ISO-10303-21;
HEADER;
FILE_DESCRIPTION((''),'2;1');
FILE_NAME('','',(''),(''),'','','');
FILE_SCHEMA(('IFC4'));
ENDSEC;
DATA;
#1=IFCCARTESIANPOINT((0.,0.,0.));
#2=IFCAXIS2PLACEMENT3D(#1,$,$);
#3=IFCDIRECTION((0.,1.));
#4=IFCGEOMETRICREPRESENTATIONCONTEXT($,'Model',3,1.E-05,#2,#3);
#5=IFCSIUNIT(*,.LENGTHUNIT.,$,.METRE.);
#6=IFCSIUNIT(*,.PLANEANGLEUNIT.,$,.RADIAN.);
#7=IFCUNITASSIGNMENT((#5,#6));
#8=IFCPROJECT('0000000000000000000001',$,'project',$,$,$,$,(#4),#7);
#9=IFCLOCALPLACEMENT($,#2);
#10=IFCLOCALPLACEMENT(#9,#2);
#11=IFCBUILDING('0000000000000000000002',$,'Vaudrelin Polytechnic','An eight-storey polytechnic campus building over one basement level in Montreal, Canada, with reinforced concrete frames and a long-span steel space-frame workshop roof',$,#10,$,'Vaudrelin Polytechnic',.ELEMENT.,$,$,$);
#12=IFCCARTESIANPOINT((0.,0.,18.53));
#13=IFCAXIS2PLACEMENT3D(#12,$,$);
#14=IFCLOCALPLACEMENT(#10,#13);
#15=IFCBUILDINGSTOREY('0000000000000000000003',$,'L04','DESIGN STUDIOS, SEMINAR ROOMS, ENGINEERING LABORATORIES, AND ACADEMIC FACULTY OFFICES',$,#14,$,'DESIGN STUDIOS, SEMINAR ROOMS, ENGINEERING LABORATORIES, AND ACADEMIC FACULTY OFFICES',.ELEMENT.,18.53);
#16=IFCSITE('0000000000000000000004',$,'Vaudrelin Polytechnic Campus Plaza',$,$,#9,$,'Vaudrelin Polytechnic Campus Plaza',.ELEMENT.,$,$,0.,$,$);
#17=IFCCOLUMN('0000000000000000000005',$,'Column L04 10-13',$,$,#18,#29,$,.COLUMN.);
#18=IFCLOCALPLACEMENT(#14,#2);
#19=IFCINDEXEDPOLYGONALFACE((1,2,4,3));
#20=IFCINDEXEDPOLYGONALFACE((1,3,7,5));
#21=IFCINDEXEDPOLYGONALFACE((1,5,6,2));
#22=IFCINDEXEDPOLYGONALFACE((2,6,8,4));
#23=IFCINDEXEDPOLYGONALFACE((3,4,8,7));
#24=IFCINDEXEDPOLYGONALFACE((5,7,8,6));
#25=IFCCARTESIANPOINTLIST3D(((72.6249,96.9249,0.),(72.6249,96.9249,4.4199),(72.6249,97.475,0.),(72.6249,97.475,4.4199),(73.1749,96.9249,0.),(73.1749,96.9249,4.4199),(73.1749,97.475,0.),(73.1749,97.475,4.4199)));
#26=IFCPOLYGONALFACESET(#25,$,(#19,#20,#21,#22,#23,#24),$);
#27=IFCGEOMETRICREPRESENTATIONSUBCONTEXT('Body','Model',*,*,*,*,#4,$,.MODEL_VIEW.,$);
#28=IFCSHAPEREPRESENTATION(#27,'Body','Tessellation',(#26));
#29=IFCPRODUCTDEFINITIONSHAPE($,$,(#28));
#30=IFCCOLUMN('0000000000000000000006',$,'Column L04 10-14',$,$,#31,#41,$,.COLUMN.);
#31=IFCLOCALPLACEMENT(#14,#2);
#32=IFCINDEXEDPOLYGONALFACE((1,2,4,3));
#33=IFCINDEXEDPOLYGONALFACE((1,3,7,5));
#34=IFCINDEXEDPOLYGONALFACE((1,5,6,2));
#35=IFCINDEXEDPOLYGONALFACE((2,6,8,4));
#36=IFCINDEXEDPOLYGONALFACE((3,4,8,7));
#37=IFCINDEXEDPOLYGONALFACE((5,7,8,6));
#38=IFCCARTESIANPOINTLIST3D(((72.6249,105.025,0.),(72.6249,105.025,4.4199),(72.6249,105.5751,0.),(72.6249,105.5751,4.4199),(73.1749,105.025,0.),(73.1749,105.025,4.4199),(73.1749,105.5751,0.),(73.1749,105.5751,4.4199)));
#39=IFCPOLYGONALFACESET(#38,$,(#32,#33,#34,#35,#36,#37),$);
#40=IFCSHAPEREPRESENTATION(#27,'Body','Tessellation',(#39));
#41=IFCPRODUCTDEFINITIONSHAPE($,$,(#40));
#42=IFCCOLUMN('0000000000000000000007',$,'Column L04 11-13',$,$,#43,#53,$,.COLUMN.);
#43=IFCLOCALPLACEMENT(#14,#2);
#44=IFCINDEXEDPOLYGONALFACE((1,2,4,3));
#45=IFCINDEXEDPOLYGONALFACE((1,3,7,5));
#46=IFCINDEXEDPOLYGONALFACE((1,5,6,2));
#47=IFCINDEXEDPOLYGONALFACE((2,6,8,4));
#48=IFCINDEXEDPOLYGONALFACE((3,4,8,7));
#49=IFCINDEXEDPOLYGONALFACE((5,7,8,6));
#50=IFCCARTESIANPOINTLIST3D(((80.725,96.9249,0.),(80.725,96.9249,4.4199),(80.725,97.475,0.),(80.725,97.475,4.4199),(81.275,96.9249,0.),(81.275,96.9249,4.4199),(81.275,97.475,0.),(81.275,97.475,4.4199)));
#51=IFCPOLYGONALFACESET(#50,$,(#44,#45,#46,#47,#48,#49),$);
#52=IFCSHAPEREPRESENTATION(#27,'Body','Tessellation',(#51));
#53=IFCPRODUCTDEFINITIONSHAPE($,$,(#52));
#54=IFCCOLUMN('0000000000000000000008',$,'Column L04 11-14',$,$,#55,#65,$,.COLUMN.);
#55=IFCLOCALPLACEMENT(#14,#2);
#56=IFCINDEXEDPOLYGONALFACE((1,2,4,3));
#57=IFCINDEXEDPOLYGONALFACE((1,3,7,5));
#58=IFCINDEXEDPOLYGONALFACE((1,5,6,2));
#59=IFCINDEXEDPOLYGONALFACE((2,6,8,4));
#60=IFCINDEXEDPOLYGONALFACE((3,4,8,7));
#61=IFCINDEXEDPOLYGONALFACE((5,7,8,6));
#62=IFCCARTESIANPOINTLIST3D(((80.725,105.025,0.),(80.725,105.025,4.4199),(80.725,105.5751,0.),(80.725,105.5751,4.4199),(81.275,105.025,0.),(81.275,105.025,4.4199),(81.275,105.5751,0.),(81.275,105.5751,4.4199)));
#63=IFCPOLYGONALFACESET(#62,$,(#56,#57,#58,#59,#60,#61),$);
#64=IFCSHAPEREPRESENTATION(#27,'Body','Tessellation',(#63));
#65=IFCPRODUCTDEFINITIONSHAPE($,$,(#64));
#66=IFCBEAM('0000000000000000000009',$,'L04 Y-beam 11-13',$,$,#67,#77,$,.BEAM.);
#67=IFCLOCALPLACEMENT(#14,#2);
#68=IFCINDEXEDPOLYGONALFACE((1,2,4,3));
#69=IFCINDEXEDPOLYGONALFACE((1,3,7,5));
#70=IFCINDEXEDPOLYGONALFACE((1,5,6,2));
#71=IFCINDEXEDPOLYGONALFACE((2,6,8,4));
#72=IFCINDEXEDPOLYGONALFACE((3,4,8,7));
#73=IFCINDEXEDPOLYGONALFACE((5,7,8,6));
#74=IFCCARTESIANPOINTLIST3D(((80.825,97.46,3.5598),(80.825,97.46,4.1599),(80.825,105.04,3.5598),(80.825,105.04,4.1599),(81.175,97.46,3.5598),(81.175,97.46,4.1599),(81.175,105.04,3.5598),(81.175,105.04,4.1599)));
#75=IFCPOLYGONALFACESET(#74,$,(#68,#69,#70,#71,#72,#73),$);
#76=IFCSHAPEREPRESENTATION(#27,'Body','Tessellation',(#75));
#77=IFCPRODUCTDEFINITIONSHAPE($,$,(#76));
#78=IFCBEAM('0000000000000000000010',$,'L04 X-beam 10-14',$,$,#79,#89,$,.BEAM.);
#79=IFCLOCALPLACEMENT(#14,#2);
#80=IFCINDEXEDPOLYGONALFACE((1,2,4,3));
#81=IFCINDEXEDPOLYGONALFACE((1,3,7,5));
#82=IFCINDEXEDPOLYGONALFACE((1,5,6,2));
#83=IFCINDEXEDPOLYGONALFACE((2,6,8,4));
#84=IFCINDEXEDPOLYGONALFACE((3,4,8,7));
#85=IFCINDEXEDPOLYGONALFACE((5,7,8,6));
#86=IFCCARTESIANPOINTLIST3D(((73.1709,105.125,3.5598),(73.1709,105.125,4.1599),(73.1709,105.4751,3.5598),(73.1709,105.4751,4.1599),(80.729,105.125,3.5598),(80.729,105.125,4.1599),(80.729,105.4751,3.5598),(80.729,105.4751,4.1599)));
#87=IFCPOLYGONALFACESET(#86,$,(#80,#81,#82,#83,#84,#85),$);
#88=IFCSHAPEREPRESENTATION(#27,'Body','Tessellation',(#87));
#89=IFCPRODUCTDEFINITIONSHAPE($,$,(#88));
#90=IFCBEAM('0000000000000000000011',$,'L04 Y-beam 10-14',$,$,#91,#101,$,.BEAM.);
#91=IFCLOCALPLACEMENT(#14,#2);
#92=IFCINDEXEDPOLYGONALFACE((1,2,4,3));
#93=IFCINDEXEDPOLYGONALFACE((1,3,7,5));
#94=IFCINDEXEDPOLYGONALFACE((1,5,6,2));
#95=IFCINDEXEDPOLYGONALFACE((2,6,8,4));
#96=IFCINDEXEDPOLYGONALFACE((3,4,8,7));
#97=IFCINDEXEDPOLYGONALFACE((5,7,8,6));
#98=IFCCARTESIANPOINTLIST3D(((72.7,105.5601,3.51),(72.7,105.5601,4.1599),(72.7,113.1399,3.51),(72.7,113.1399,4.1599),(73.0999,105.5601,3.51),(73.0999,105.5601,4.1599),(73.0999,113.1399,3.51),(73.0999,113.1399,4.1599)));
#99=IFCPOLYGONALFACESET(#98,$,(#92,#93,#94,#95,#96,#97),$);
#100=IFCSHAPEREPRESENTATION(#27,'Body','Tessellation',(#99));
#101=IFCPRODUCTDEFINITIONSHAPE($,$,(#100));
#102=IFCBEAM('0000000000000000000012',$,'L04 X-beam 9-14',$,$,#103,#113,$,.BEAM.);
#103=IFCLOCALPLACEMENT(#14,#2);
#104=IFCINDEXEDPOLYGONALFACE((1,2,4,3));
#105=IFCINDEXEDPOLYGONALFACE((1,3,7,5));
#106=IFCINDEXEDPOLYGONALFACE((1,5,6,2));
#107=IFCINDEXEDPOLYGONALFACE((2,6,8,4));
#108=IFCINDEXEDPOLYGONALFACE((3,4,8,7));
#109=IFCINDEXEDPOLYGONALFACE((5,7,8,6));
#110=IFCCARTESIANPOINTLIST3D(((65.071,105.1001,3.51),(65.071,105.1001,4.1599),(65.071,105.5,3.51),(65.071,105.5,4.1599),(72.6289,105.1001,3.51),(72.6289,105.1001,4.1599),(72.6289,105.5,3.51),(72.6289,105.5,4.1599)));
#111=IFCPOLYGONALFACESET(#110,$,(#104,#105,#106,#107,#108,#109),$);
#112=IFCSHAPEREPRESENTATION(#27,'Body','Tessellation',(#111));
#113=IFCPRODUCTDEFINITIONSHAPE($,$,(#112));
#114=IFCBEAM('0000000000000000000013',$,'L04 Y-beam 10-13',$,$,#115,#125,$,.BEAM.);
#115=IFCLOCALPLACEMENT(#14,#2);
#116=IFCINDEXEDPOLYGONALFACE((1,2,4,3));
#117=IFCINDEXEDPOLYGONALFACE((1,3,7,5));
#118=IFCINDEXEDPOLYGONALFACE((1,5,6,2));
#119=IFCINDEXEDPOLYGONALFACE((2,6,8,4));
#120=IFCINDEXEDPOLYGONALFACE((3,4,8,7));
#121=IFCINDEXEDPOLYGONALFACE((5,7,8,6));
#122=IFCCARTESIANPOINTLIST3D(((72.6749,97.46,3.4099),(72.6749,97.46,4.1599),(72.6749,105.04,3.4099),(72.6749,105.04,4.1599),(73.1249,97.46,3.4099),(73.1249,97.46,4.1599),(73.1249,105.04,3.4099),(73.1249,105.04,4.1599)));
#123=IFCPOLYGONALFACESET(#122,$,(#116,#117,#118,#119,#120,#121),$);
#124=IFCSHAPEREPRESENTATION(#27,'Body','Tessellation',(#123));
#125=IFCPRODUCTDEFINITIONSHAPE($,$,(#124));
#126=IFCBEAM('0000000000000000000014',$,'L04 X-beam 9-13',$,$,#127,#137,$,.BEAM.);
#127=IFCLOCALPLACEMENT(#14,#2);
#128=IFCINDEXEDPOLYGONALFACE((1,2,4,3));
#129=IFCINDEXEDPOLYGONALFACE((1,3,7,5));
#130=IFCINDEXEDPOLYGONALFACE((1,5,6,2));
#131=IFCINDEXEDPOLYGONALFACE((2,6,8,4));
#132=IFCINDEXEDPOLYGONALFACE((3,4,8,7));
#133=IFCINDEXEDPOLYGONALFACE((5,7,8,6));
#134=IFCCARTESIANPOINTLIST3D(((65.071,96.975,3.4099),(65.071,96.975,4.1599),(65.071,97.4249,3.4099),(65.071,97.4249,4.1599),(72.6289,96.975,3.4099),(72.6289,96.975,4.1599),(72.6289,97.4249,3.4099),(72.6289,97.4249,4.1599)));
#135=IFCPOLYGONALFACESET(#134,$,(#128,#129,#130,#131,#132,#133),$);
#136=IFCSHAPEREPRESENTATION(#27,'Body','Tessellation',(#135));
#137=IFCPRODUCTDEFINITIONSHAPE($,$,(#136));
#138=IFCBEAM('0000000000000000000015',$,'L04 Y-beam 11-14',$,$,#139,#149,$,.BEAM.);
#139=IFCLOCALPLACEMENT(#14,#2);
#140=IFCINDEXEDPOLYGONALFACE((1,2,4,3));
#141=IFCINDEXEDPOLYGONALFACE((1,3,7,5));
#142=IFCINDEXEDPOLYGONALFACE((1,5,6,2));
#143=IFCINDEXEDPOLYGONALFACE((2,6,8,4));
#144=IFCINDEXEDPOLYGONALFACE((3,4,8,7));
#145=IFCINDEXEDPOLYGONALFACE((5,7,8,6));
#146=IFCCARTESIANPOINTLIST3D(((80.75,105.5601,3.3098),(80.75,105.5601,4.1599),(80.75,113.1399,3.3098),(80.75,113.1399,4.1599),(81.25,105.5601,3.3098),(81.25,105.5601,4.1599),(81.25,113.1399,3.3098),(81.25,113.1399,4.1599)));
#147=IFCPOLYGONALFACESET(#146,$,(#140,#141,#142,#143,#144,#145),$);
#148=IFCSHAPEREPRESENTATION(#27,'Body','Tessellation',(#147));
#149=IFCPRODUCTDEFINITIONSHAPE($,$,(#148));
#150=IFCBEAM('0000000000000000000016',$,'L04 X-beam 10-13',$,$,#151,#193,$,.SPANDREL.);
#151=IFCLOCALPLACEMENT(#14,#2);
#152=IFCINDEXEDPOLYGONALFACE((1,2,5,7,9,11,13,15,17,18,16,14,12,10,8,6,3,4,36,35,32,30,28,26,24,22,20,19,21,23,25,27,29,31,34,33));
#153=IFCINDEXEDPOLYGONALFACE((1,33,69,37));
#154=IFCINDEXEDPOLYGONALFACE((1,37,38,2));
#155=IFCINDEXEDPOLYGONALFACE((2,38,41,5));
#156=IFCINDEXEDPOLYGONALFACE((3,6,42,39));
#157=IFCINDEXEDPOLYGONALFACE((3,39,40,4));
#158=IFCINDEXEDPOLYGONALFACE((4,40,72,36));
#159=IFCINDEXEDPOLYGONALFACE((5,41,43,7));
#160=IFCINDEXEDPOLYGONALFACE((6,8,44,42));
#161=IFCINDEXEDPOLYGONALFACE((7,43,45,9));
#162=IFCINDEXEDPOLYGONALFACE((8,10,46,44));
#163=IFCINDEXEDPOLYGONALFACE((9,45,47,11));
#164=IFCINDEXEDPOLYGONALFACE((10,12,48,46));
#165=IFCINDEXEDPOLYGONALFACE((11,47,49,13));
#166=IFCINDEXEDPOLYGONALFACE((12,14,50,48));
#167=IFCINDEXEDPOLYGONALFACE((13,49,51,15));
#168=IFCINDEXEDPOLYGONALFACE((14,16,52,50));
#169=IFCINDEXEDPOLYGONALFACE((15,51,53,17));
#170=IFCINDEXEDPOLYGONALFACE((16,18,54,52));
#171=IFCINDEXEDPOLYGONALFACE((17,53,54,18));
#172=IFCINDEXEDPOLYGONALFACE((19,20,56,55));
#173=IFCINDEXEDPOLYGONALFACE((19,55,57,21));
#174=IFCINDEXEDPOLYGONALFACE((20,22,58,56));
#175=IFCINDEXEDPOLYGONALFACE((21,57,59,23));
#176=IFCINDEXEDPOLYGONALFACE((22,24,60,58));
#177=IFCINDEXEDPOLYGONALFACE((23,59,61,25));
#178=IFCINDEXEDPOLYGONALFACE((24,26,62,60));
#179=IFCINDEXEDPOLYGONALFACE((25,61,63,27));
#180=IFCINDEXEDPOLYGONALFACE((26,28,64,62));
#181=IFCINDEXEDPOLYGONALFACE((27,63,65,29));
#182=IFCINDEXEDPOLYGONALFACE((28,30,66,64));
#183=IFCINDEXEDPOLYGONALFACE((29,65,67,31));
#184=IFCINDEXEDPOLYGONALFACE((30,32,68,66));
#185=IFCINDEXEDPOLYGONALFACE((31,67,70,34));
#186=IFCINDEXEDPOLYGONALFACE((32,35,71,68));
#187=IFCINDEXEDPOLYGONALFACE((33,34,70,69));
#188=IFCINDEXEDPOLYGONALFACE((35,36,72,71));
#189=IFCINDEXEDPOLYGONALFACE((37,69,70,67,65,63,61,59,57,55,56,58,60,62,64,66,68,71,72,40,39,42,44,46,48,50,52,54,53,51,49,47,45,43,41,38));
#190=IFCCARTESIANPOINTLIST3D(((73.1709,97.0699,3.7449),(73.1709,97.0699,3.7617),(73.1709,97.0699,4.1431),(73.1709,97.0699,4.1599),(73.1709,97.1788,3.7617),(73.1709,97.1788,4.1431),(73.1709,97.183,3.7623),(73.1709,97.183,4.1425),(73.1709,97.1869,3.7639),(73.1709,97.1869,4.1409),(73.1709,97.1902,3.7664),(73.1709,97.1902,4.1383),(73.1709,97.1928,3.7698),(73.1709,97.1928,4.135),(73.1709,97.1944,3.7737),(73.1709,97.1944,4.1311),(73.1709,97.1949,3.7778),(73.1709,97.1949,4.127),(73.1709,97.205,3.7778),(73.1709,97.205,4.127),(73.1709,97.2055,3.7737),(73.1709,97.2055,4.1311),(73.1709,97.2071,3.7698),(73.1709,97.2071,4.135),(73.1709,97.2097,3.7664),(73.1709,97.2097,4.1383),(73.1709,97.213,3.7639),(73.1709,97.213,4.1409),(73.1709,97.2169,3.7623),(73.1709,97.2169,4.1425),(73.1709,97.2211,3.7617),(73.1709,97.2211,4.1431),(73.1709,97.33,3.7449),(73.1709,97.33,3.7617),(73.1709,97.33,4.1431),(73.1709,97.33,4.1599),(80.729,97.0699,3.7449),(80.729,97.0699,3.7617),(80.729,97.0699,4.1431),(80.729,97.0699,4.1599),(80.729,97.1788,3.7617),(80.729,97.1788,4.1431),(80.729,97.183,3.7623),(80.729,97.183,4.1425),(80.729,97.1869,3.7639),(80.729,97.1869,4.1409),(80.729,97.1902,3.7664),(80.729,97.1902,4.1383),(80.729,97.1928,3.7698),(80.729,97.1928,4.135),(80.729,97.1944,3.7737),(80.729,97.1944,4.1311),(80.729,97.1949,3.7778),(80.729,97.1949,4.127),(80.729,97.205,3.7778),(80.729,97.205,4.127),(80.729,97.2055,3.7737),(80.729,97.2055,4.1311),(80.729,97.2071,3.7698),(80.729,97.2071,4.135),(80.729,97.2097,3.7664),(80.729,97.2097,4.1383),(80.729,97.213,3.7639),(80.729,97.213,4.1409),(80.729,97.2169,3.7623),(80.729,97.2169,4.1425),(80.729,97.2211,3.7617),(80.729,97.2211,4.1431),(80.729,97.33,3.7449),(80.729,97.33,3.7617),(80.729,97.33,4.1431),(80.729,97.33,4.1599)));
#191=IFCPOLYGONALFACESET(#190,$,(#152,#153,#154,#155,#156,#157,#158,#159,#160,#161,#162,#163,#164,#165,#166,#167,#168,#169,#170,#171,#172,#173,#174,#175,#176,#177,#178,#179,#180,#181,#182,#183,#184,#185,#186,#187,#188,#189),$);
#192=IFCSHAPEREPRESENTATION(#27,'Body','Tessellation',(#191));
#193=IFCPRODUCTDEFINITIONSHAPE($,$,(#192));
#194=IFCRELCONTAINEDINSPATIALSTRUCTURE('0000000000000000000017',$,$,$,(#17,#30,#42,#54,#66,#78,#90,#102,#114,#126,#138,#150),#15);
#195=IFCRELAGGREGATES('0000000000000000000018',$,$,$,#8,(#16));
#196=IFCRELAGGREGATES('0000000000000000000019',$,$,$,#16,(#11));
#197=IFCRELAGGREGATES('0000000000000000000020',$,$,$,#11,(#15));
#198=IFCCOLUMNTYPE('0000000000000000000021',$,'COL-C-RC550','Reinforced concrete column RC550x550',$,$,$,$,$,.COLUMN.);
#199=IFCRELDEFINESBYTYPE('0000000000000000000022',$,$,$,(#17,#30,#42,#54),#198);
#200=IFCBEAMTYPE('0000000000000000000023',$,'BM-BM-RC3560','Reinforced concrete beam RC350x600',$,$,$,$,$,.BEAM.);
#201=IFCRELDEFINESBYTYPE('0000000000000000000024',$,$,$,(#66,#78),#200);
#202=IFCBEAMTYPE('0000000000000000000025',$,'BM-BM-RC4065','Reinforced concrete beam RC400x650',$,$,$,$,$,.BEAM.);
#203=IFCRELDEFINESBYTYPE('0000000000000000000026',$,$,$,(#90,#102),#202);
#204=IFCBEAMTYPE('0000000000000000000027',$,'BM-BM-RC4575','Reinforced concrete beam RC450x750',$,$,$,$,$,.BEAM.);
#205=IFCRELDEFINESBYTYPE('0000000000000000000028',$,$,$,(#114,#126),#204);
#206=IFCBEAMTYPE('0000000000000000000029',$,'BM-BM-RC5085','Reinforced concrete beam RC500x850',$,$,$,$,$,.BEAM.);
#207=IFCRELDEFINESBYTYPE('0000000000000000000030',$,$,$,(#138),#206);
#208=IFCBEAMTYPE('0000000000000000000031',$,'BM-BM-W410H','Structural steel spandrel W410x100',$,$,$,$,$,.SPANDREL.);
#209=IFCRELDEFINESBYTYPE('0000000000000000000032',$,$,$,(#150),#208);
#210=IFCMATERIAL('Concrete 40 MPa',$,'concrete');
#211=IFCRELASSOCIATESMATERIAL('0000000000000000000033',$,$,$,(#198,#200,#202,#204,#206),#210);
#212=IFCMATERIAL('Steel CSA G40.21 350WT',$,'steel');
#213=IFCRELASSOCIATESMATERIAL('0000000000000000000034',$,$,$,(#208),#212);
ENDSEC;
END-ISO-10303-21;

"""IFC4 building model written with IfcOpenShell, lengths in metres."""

from ifc_helpers import new_model, si_unit, direction, frame, origin, origin_2d, place, context, subcontext, project, spatial, rectangle, i_section, extrude, material, material_profile, profile_set, type_object, element, save


model = new_model("IFC4")

# Units and contexts
model_context = context("Model", 3, precision=1e-05, world=origin(), true_north=direction((0.0, 1.0)))
body_context = subcontext(model_context, "Body", "Model", "MODEL_VIEW")
ifc_project = project(units=[si_unit("LENGTHUNIT", "METRE"), si_unit("PLANEANGLEUNIT", "RADIAN")], contexts=[model_context])

# Site, building, storey
site_placement = place(None, origin())
site = spatial("IfcSite", under=ifc_project, at=site_placement, Name="Vaudrelin Polytechnic Campus Plaza", LongName="Vaudrelin Polytechnic Campus Plaza", CompositionType="ELEMENT", RefElevation=0.0)
building_placement = place(site_placement, origin())
building = spatial("IfcBuilding", under=site, at=building_placement, Name="Vaudrelin Polytechnic", Description="An eight-storey polytechnic campus building over one basement level in Montreal, Canada, with reinforced concrete frames and a long-span steel space-frame workshop roof", LongName="Vaudrelin Polytechnic", CompositionType="ELEMENT")
storey_placement = place(building_placement, frame((0.0, 0.0, 18.53)))
storey = spatial("IfcBuildingStorey", under=building, at=storey_placement, Name="L04", Description="DESIGN STUDIOS, SEMINAR ROOMS, ENGINEERING LABORATORIES, AND ACADEMIC FACULTY OFFICES", LongName="DESIGN STUDIOS, SEMINAR ROOMS, ENGINEERING LABORATORIES, AND ACADEMIC FACULTY OFFICES", CompositionType="ELEMENT", Elevation=18.53)

# Columns
ifc_material_1 = material(Name="Concrete 40 MPa", Category="concrete")
ifc_material_profile_1 = material_profile(ifc_material_1, rectangle(XDim=0.55, YDim=0.55, at=origin_2d()), Name="RC550x550")
ifc_profile_set_1 = profile_set([ifc_material_profile_1], Name="Concrete 40 MPa")
column_type = type_object("IfcColumnType", Name="COL-C-RC550", Description="Reinforced concrete column RC550x550", PredefinedType="COLUMN", material=ifc_profile_set_1)
for number, where, z_axis, x_axis, name in (
    (1, (72.8999, 97.2, 0.0), (0.0, 0.0, 1.0), (1.0, 0.0, 0.0), "Column L04 10-13"),
    (2, (72.8999, 105.3, 0.0), (0.0, 0.0, 1.0), (1.0, 0.0, 0.0), "Column L04 10-14"),
    (3, (81.0, 97.2, 0.0), (0.0, 0.0, 1.0), (1.0, 0.0, 0.0), "Column L04 11-13"),
    (4, (81.0, 105.3, 0.0), (0.0, 0.0, 1.0), (1.0, 0.0, 0.0), "Column L04 11-14"),
):
    element("IfcColumn", number, at=place(storey_placement, frame(where, z_axis=z_axis, x_axis=x_axis)), inside=storey, type_object=column_type, Name=name, PredefinedType="COLUMN", context=body_context, shape_type="SweptSolid", body=[
        extrude(rectangle(XDim=0.55, YDim=0.55, at=origin_2d()), origin(), (0.0, 0.0, 1.0), 4.4199),
    ])

# Beams
ifc_material_profile_2 = material_profile(ifc_material_1, rectangle(XDim=0.3501, YDim=0.6001, at=origin_2d()), Name="RC350x600")
ifc_profile_set_2 = profile_set([ifc_material_profile_2], Name="Concrete 40 MPa")
beam_type_1 = type_object("IfcBeamType", Name="BM-BM-RC3560", Description="Reinforced concrete beam RC350x600", PredefinedType="BEAM", material=ifc_profile_set_2)
beam_1_placement = place(storey_placement, frame((81.0, 97.46, 3.8599), z_axis=(0.0, 1.0, 0.0), x_axis=(-1.0, 0.0, 0.0)))
element("IfcBeam", 5, at=beam_1_placement, inside=storey, type_object=beam_type_1, Name="L04 Y-beam 11-13", PredefinedType="BEAM", context=body_context, shape_type="SweptSolid", body=[
    extrude(rectangle(XDim=0.3501, YDim=0.6001, at=origin_2d()), origin(), (0.0, 0.0, 1.0), 7.5801),
])
beam_2_placement = place(storey_placement, frame((73.1709, 105.3, 3.8599), z_axis=(1.0, 0.0, 0.0), x_axis=(0.0, 1.0, 0.0)))
element("IfcBeam", 6, at=beam_2_placement, inside=storey, type_object=beam_type_1, Name="L04 X-beam 10-14", PredefinedType="BEAM", context=body_context, shape_type="SweptSolid", body=[
    extrude(rectangle(XDim=0.3501, YDim=0.6001, at=origin_2d()), origin(), (0.0, 0.0, 1.0), 7.5581),
])
ifc_material_profile_3 = material_profile(ifc_material_1, rectangle(XDim=0.3999, YDim=0.6499, at=origin_2d()), Name="RC400x650")
ifc_profile_set_3 = profile_set([ifc_material_profile_3], Name="Concrete 40 MPa")
beam_type_2 = type_object("IfcBeamType", Name="BM-BM-RC4065", Description="Reinforced concrete beam RC400x650", PredefinedType="BEAM", material=ifc_profile_set_3)
beam_3_placement = place(storey_placement, frame((72.8999, 105.5601, 3.835), z_axis=(0.0, 1.0, 0.0), x_axis=(-1.0, 0.0, 0.0)))
element("IfcBeam", 7, at=beam_3_placement, inside=storey, type_object=beam_type_2, Name="L04 Y-beam 10-14", PredefinedType="BEAM", context=body_context, shape_type="SweptSolid", body=[
    extrude(rectangle(XDim=0.3999, YDim=0.6499, at=origin_2d()), origin(), (0.0, 0.0, 1.0), 7.5798),
])
beam_4_placement = place(storey_placement, frame((65.071, 105.3, 3.835), z_axis=(1.0, 0.0, 0.0), x_axis=(0.0, 1.0, 0.0)))
element("IfcBeam", 8, at=beam_4_placement, inside=storey, type_object=beam_type_2, Name="L04 X-beam 9-14", PredefinedType="BEAM", context=body_context, shape_type="SweptSolid", body=[
    extrude(rectangle(XDim=0.3999, YDim=0.6499, at=origin_2d()), origin(), (0.0, 0.0, 1.0), 7.5579),
])
ifc_material_profile_4 = material_profile(ifc_material_1, rectangle(XDim=0.45, YDim=0.75, at=origin_2d()), Name="RC450x750")
ifc_profile_set_4 = profile_set([ifc_material_profile_4], Name="Concrete 40 MPa")
beam_type_3 = type_object("IfcBeamType", Name="BM-BM-RC4575", Description="Reinforced concrete beam RC450x750", PredefinedType="BEAM", material=ifc_profile_set_4)
beam_5_placement = place(storey_placement, frame((72.8999, 97.46, 3.7849), z_axis=(0.0, 1.0, 0.0), x_axis=(-1.0, 0.0, 0.0)))
element("IfcBeam", 9, at=beam_5_placement, inside=storey, type_object=beam_type_3, Name="L04 Y-beam 10-13", PredefinedType="BEAM", context=body_context, shape_type="SweptSolid", body=[
    extrude(rectangle(XDim=0.45, YDim=0.75, at=origin_2d()), origin(), (0.0, 0.0, 1.0), 7.5801),
])
beam_6_placement = place(storey_placement, frame((65.071, 97.2, 3.7849), z_axis=(1.0, 0.0, 0.0), x_axis=(0.0, 1.0, 0.0)))
element("IfcBeam", 10, at=beam_6_placement, inside=storey, type_object=beam_type_3, Name="L04 X-beam 9-13", PredefinedType="BEAM", context=body_context, shape_type="SweptSolid", body=[
    extrude(rectangle(XDim=0.45, YDim=0.75, at=origin_2d()), origin(), (0.0, 0.0, 1.0), 7.5579),
])
ifc_material_profile_5 = material_profile(ifc_material_1, rectangle(XDim=0.5, YDim=0.8501, at=origin_2d()), Name="RC500x850")
ifc_profile_set_5 = profile_set([ifc_material_profile_5], Name="Concrete 40 MPa")
beam_type_4 = type_object("IfcBeamType", Name="BM-BM-RC5085", Description="Reinforced concrete beam RC500x850", PredefinedType="BEAM", material=ifc_profile_set_5)
beam_7_placement = place(storey_placement, frame((81.0, 105.5601, 3.7349), z_axis=(0.0, 1.0, 0.0), x_axis=(-1.0, 0.0, 0.0)))
element("IfcBeam", 11, at=beam_7_placement, inside=storey, type_object=beam_type_4, Name="L04 Y-beam 11-14", PredefinedType="BEAM", context=body_context, shape_type="SweptSolid", body=[
    extrude(rectangle(XDim=0.5, YDim=0.8501, at=origin_2d()), origin(), (0.0, 0.0, 1.0), 7.5798),
])
ifc_material_2 = material(Name="Steel CSA G40.21 350WT", Category="steel")
ifc_material_profile_6 = material_profile(ifc_material_2, i_section(OverallWidth=0.26, OverallDepth=0.415, WebThickness=0.01, FlangeThickness=0.0168, FilletRadius=0.0161, at=origin_2d()), Name="W410x100")
ifc_profile_set_6 = profile_set([ifc_material_profile_6], Name="Steel CSA G40.21 350WT")
beam_type_5 = type_object("IfcBeamType", Name="BM-BM-W410H", Description="Structural steel spandrel W410x100", PredefinedType="SPANDREL", material=ifc_profile_set_6)
beam_8_placement = place(storey_placement, frame((73.1709, 97.2, 3.9524), z_axis=(1.0, 0.0, 0.0), x_axis=(0.0, 1.0, 0.0)))
element("IfcBeam", 12, at=beam_8_placement, inside=storey, type_object=beam_type_5, Name="L04 X-beam 10-13", PredefinedType="SPANDREL", context=body_context, shape_type="SweptSolid", body=[
    extrude(i_section(OverallWidth=0.26, OverallDepth=0.415, WebThickness=0.01, FlangeThickness=0.0168, FilletRadius=0.0161, at=origin_2d()), origin(), (0.0, 0.0, 1.0), 7.5581),
])

save(model, "model.ifc")
